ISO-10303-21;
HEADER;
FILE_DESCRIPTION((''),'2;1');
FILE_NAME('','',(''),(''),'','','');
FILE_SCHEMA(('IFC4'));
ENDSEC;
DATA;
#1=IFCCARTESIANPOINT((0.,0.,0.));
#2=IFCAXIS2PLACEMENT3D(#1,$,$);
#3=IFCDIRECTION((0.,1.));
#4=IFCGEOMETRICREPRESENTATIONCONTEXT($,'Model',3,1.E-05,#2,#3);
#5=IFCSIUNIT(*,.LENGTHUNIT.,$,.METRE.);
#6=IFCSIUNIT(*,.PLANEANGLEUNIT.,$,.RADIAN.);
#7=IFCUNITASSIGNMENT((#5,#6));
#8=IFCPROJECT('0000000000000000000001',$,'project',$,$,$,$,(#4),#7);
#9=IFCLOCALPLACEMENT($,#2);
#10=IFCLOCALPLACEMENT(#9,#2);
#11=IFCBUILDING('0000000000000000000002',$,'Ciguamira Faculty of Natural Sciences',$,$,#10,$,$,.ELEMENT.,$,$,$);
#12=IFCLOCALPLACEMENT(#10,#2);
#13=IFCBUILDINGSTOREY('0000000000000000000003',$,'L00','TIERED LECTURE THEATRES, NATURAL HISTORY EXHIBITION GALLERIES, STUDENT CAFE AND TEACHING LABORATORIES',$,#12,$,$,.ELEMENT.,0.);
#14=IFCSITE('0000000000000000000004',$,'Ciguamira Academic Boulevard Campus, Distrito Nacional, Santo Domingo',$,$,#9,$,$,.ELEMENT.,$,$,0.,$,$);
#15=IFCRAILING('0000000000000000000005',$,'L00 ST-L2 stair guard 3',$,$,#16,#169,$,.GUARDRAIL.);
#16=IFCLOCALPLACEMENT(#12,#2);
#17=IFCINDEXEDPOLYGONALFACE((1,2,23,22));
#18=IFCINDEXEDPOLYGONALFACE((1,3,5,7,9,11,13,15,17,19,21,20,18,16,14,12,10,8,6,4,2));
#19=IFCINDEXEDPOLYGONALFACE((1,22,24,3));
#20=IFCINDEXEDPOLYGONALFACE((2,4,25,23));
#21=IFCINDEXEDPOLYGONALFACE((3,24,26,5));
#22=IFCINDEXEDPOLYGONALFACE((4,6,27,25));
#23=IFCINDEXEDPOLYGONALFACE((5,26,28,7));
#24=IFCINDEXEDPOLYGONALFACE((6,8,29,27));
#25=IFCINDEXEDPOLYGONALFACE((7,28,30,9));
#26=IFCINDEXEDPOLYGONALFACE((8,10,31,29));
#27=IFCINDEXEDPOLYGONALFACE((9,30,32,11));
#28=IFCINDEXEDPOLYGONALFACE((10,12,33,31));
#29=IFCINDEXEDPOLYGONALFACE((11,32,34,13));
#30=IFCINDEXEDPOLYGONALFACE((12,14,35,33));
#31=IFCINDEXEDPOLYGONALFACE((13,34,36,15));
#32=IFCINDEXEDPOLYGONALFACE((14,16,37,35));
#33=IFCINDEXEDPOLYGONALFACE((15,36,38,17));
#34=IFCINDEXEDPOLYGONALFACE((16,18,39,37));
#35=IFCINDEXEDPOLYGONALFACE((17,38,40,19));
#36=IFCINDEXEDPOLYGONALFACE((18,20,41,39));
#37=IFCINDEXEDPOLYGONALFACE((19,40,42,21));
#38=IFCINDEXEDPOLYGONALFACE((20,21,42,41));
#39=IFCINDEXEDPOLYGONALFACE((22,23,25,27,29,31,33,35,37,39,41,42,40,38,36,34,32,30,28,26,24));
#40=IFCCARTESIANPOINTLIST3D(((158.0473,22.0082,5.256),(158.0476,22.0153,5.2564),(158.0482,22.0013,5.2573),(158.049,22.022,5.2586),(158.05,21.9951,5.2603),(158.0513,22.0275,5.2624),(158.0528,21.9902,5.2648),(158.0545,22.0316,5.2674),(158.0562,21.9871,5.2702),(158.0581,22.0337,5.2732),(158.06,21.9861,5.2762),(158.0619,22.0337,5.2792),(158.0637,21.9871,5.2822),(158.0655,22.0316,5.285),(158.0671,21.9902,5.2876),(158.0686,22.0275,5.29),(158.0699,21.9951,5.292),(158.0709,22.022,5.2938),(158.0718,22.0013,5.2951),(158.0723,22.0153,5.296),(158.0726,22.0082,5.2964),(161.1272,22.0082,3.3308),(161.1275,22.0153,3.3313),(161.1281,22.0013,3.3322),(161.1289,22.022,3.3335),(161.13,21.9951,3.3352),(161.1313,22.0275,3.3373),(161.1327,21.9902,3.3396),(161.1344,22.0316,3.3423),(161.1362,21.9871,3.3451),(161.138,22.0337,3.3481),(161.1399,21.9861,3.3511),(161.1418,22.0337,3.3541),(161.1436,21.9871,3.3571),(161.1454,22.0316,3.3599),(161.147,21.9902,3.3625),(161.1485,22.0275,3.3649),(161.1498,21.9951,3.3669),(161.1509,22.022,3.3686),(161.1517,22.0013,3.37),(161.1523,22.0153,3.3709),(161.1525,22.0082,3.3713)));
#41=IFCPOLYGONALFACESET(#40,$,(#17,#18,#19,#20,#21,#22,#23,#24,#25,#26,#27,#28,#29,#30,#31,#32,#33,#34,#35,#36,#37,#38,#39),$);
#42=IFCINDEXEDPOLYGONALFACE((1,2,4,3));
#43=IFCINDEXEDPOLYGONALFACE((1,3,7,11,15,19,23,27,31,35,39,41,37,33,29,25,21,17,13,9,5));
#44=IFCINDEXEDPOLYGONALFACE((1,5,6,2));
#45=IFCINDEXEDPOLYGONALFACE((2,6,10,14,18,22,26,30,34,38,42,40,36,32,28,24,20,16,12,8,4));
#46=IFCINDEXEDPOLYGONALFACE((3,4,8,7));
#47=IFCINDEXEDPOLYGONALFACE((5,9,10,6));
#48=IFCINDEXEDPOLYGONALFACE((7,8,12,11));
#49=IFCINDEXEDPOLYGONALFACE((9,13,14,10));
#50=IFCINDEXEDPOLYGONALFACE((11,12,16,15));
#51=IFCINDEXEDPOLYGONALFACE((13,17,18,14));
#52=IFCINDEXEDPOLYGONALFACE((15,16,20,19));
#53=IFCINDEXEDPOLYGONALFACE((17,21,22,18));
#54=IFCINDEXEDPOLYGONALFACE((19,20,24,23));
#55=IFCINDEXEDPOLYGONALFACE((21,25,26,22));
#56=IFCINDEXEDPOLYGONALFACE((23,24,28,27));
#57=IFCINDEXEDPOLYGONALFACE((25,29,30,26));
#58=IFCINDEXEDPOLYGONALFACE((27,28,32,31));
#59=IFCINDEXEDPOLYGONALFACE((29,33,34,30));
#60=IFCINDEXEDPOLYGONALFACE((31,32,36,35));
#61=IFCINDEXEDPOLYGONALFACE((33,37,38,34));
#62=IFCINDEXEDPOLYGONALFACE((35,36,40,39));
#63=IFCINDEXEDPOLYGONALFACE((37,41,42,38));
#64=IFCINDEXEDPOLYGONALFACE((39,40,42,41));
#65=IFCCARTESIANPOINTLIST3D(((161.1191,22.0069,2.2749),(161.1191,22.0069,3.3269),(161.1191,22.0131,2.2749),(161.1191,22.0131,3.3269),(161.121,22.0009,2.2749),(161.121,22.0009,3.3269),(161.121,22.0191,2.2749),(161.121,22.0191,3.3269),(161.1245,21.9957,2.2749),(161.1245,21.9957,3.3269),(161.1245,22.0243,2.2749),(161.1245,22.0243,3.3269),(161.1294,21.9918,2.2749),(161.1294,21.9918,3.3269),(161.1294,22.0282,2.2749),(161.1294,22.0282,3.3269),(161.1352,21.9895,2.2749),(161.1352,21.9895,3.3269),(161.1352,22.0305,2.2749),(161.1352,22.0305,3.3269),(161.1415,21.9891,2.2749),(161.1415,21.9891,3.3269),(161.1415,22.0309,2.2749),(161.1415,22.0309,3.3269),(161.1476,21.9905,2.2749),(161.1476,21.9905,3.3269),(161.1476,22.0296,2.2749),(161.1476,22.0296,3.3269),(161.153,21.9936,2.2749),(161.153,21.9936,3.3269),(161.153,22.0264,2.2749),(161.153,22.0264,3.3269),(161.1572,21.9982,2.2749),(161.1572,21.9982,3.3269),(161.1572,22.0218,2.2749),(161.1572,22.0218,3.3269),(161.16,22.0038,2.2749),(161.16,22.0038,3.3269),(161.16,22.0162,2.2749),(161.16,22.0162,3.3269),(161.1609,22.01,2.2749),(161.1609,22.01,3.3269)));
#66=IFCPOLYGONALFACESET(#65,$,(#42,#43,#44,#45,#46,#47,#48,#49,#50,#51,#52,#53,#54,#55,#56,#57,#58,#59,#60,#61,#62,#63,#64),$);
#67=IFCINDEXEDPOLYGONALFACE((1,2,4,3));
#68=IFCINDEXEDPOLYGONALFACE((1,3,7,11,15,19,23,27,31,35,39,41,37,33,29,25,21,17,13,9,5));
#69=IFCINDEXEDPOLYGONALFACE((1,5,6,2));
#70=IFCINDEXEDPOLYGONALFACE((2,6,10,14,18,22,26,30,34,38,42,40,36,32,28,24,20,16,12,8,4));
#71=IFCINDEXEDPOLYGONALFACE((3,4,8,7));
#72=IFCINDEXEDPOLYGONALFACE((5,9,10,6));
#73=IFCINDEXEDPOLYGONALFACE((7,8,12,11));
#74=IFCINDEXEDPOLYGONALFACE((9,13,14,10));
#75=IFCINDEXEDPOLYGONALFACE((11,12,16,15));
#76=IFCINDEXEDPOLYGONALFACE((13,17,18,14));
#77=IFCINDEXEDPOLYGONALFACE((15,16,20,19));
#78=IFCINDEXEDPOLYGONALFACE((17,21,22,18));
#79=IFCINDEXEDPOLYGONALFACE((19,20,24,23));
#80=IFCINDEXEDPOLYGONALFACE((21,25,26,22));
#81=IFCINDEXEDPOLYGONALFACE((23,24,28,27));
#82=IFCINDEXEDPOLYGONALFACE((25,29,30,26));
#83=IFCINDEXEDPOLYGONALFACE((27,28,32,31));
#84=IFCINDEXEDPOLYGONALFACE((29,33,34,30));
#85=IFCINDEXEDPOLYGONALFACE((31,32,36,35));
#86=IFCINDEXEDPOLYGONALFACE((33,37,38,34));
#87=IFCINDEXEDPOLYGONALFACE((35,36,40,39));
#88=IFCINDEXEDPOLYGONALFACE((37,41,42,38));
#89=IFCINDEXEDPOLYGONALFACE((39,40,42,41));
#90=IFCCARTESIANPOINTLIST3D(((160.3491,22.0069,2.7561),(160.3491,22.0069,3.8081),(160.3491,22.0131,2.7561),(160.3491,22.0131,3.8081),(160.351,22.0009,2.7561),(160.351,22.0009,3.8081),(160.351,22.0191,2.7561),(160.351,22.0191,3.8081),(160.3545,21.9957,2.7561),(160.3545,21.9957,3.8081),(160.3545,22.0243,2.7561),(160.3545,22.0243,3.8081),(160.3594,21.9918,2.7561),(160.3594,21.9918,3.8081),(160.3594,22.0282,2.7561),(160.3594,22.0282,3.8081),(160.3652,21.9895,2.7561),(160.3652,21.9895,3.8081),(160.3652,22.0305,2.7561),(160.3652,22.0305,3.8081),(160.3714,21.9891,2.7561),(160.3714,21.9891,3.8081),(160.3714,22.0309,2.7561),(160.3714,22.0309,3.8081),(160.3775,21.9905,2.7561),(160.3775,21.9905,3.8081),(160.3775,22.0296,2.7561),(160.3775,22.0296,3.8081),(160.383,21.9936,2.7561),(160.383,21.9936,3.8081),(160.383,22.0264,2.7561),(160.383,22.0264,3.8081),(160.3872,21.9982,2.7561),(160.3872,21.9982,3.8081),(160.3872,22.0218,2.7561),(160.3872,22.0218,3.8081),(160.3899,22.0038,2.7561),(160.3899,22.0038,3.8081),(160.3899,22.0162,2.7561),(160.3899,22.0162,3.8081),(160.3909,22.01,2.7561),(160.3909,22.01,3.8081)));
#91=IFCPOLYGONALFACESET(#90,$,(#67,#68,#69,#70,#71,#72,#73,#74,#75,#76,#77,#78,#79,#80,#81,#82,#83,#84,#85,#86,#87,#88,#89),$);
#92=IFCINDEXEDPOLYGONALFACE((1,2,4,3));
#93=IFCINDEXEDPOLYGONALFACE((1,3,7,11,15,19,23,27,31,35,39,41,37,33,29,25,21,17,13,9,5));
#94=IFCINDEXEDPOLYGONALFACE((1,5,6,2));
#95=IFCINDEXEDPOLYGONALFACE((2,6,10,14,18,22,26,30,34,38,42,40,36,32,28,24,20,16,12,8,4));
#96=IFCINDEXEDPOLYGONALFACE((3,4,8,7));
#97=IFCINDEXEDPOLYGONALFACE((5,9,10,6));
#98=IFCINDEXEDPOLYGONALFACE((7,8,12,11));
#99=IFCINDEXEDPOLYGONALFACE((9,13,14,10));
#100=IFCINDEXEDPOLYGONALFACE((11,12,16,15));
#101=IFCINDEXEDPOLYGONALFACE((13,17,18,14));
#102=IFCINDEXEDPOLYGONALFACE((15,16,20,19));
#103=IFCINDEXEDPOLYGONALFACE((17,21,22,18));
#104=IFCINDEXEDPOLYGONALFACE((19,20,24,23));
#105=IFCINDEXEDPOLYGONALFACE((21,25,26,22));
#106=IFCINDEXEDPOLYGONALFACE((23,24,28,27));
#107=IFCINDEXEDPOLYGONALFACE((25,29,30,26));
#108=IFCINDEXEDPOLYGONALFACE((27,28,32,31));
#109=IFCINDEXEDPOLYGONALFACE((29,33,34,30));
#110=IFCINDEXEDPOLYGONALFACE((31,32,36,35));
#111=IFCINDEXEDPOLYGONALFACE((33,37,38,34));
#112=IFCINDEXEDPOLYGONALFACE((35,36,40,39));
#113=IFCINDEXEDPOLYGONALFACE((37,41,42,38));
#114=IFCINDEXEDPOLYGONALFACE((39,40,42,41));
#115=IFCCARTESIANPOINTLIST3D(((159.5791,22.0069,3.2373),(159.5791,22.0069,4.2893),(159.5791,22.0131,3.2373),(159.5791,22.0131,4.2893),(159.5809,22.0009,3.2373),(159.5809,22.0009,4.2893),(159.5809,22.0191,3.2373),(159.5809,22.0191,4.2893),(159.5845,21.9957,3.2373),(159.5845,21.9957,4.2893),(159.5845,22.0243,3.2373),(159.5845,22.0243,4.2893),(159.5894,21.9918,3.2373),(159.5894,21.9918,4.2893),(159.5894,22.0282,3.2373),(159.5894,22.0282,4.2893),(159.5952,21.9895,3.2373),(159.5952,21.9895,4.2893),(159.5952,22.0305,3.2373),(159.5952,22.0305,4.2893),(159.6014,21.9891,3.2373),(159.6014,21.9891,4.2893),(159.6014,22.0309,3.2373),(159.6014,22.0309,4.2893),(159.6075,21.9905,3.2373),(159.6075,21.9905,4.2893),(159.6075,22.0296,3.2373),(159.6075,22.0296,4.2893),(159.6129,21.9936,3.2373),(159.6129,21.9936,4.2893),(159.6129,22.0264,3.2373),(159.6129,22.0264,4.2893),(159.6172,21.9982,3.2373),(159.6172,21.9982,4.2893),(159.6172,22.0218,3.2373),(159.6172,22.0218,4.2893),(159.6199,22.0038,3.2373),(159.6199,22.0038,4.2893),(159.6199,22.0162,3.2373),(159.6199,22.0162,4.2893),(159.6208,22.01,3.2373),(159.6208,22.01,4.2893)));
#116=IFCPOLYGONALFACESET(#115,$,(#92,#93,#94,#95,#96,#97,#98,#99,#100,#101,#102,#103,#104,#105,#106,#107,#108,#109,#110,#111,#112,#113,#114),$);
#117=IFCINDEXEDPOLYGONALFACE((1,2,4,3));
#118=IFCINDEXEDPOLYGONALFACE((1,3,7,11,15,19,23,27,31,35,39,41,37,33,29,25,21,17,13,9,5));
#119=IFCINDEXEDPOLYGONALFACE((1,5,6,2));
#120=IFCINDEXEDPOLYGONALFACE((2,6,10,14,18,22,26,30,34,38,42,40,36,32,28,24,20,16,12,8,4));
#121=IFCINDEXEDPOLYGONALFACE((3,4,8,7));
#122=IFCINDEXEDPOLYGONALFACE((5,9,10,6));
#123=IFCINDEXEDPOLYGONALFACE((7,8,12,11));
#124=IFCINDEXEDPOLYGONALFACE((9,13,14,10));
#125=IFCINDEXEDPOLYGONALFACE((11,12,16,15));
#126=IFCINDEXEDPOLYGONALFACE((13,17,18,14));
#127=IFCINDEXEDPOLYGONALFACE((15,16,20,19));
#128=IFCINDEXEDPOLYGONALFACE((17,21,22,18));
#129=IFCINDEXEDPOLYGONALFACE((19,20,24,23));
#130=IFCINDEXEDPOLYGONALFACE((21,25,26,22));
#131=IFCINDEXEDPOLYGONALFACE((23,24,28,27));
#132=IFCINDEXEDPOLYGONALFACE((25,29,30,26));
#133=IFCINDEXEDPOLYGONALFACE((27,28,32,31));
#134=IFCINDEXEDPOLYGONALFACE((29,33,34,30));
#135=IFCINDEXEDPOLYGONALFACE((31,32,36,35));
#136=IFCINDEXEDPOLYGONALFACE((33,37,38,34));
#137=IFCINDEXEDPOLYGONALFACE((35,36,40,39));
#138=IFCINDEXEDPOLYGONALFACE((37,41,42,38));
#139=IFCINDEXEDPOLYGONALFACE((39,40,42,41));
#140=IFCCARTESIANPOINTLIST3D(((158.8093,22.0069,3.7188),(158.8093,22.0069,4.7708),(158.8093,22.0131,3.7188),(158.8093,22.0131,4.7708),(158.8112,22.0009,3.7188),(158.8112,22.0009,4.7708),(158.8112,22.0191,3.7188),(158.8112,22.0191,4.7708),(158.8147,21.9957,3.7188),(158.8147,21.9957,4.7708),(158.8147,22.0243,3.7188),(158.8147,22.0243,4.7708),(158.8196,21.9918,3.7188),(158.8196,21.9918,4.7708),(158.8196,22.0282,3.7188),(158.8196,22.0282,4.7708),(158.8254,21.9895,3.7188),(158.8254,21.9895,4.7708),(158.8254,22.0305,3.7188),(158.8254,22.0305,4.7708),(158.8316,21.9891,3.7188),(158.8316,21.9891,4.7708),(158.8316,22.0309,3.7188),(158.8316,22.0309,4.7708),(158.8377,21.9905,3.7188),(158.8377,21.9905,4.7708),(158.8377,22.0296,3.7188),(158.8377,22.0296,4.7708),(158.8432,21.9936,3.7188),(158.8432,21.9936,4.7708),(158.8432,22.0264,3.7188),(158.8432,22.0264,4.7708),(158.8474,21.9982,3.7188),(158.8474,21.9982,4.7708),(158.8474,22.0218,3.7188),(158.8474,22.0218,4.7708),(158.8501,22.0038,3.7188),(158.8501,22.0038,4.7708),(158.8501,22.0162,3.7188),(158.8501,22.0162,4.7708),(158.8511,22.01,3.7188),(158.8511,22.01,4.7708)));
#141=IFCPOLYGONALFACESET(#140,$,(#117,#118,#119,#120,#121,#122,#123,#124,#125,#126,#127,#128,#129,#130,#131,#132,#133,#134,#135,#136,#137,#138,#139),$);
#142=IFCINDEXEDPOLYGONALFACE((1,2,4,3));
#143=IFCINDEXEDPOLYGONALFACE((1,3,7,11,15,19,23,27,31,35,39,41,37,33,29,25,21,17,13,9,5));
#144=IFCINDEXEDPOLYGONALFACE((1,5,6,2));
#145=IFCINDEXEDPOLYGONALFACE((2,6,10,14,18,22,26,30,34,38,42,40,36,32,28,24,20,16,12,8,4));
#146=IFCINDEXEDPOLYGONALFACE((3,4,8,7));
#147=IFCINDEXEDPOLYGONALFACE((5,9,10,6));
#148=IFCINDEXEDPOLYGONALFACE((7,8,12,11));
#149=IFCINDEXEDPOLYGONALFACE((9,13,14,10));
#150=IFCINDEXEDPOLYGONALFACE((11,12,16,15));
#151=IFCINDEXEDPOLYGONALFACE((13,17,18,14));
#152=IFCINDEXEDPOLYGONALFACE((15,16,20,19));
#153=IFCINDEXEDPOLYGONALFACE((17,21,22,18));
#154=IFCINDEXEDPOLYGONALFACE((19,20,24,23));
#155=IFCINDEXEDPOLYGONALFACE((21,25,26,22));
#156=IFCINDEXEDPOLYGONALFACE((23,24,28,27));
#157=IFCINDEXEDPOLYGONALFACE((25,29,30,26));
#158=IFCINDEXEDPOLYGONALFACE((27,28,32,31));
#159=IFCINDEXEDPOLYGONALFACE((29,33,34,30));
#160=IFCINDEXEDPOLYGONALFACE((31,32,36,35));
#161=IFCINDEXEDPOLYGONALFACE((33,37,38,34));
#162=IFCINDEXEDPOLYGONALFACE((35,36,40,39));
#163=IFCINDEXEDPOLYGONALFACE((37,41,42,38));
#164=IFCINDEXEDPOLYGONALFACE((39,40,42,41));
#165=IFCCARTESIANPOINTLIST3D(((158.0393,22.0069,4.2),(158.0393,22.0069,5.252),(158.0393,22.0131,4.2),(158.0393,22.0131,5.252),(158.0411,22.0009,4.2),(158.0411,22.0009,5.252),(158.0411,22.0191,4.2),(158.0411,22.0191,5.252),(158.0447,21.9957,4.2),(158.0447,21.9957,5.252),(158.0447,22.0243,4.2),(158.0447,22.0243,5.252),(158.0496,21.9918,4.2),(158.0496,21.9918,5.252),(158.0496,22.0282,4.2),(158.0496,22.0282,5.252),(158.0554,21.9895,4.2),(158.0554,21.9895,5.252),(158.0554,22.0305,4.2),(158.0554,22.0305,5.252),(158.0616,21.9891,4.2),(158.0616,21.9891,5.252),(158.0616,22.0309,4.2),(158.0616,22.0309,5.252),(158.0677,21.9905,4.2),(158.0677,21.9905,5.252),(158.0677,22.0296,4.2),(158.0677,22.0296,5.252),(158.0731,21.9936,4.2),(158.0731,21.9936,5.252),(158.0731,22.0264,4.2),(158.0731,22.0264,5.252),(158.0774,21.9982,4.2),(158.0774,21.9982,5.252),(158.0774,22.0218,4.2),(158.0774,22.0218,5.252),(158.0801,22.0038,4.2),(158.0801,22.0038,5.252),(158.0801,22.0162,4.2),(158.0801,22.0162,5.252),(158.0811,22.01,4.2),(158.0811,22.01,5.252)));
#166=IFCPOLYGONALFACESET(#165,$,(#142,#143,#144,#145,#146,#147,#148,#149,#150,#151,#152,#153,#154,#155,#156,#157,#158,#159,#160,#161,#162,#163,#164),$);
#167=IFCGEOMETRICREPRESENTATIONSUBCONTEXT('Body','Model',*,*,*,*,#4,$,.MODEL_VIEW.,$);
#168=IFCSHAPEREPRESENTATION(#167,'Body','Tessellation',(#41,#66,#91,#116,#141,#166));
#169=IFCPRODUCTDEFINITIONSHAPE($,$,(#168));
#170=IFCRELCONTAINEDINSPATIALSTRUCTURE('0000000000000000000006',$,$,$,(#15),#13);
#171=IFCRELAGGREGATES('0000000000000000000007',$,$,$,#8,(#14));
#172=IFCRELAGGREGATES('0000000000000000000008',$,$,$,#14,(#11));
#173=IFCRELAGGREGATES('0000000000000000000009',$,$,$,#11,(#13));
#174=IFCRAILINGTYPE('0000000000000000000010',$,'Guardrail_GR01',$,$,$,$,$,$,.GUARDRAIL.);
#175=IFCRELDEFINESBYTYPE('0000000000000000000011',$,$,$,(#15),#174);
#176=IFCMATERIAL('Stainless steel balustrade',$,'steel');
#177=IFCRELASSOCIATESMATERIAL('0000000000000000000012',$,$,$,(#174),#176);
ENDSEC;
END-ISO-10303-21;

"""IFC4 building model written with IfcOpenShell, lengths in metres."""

from ifc_helpers import new_model, si_unit, direction, frame, origin, origin_2d, place, context, subcontext, project, spatial, circle, extrude, material, type_object, element, save


model = new_model("IFC4")

# Units and contexts
model_context = context("Model", 3, precision=1e-05, world=origin(), true_north=direction((0.0, 1.0)))
body_context = subcontext(model_context, "Body", "Model", "MODEL_VIEW")
ifc_project = project(units=[si_unit("LENGTHUNIT", "METRE"), si_unit("PLANEANGLEUNIT", "RADIAN")], contexts=[model_context])

# Site, building, storey
site_placement = place(None, origin())
site = spatial("IfcSite", under=ifc_project, at=site_placement, Name="Ciguamira Academic Boulevard Campus, Distrito Nacional, Santo Domingo", CompositionType="ELEMENT", RefElevation=0.0)
building_placement = place(site_placement, origin())
building = spatial("IfcBuilding", under=site, at=building_placement, Name="Ciguamira Faculty of Natural Sciences", CompositionType="ELEMENT")
storey_placement = place(building_placement, origin())
storey = spatial("IfcBuildingStorey", under=building, at=storey_placement, Name="L00", Description="TIERED LECTURE THEATRES, NATURAL HISTORY EXHIBITION GALLERIES, STUDENT CAFE AND TEACHING LABORATORIES", CompositionType="ELEMENT", Elevation=0.0)

# Railing
ifc_material_1 = material(Name="Stainless steel balustrade", Category="steel")
railing_type_1 = type_object("IfcRailingType", Name="Guardrail_GR01", PredefinedType="GUARDRAIL", material=ifc_material_1)
railing_1_placement = place(storey_placement, frame((161.1399, 22.01, 2.2749)))
element("IfcRailing", 1, at=railing_1_placement, inside=storey, type_object=railing_type_1, Name="L00 ST-L2 stair guard 3", PredefinedType="GUARDRAIL", context=body_context, shape_type="SweptSolid", body=[
    extrude(circle(Radius=0.0239, at=origin_2d()), frame((0.0, 0.0, 1.0762), z_axis=(-0.847979, 0.0, 0.530029), x_axis=(0.0, -1.0, 0.0)), (0.0, 0.0, 1.0), 3.6321),
    extrude(circle(Radius=0.021, at=origin_2d()), origin(), (0.0, 0.0, 1.0), 1.052),
    extrude(circle(Radius=0.021, at=origin_2d()), frame((-0.77, 0.0, 0.4812)), (0.0, 0.0, 1.0), 1.052),
    extrude(circle(Radius=0.021, at=origin_2d()), frame((-1.54, 0.0, 0.9624)), (0.0, 0.0, 1.0), 1.052),
    extrude(circle(Radius=0.021, at=origin_2d()), frame((-2.3098, 0.0, 1.4438)), (0.0, 0.0, 1.0), 1.052),
    extrude(circle(Radius=0.021, at=origin_2d()), frame((-3.0798, 0.0, 1.925)), (0.0, 0.0, 1.0), 1.052),
])

save(model, "model.ifc")
